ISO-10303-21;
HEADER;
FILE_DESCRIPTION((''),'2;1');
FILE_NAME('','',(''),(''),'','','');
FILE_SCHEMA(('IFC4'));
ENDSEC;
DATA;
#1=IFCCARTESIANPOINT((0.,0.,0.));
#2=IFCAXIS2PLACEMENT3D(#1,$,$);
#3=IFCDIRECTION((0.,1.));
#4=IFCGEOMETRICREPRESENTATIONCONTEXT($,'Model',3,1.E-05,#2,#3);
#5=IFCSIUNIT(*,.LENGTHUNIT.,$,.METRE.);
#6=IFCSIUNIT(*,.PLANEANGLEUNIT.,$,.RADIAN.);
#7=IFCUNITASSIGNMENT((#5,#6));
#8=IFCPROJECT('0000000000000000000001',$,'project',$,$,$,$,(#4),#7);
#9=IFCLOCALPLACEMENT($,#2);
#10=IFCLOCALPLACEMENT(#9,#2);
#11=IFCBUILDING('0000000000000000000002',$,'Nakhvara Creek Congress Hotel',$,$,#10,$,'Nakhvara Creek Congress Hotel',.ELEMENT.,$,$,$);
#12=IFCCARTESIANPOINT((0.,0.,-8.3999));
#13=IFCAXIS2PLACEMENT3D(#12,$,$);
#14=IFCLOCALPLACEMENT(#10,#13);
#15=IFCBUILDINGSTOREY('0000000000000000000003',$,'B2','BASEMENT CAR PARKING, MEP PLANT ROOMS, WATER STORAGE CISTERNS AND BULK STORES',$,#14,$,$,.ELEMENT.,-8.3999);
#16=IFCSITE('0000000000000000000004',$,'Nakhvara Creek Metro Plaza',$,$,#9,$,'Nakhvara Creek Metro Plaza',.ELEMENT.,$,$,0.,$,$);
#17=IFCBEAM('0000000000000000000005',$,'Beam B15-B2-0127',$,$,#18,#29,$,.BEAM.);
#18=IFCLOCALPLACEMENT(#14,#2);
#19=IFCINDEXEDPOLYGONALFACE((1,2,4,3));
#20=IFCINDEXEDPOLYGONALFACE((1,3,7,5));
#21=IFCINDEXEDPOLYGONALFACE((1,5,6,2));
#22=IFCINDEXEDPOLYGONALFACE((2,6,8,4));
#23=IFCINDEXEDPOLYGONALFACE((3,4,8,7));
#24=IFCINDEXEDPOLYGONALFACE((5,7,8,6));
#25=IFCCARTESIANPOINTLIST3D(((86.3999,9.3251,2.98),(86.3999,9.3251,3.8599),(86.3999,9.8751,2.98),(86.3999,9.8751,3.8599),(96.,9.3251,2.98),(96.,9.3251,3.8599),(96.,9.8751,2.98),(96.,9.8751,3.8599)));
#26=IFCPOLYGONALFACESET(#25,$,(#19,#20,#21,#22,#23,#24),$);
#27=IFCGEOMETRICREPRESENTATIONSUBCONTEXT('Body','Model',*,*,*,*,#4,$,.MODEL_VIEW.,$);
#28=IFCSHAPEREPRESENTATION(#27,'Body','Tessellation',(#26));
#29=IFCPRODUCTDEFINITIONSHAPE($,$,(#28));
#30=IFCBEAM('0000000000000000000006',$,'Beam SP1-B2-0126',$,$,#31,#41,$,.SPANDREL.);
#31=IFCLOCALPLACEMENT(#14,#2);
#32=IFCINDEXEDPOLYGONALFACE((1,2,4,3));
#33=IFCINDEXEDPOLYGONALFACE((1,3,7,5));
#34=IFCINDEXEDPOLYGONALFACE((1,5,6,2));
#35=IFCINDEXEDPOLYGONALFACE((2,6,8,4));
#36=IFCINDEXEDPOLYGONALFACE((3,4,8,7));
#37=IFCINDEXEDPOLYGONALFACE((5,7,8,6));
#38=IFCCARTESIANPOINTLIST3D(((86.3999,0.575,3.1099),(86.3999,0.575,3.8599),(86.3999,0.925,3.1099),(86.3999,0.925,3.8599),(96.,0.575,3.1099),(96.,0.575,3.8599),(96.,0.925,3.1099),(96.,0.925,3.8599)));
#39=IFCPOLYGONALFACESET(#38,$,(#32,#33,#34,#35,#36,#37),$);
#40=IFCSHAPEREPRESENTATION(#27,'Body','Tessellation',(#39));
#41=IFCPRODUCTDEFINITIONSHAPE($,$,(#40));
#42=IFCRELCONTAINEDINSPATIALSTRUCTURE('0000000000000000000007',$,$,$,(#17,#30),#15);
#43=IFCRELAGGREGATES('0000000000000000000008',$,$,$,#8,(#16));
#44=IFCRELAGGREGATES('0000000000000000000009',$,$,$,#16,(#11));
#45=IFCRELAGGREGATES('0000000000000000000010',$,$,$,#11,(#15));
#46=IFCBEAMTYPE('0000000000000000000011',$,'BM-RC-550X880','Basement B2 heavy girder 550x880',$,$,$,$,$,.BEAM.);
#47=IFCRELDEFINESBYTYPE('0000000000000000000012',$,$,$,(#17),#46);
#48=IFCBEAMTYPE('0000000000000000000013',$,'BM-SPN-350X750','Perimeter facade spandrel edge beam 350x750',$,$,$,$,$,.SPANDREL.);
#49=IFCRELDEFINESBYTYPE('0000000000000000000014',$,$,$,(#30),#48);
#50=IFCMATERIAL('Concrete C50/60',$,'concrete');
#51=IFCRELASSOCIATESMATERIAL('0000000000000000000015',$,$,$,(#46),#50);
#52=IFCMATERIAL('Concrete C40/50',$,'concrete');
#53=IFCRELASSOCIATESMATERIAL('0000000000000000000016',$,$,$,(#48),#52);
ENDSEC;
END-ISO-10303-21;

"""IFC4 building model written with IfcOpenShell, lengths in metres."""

from ifc_helpers import new_model, si_unit, direction, frame, origin, origin_2d, place, context, subcontext, project, spatial, rectangle, extrude, material, material_profile, profile_set, type_object, element, save


model = new_model("IFC4")

# Units and contexts
model_context = context("Model", 3, precision=1e-05, world=origin(), true_north=direction((0.0, 1.0)))
body_context = subcontext(model_context, "Body", "Model", "MODEL_VIEW")
ifc_project = project(units=[si_unit("LENGTHUNIT", "METRE"), si_unit("PLANEANGLEUNIT", "RADIAN")], contexts=[model_context])

# Site, building, storey
site_placement = place(None, origin())
site = spatial("IfcSite", under=ifc_project, at=site_placement, Name="Nakhvara Creek Metro Plaza", LongName="Nakhvara Creek Metro Plaza", CompositionType="ELEMENT", RefElevation=0.0)
building_placement = place(site_placement, origin())
building = spatial("IfcBuilding", under=site, at=building_placement, Name="Nakhvara Creek Congress Hotel", LongName="Nakhvara Creek Congress Hotel", CompositionType="ELEMENT")
storey_placement = place(building_placement, frame((0.0, 0.0, -8.3999)))
storey = spatial("IfcBuildingStorey", under=building, at=storey_placement, Name="B2", Description="BASEMENT CAR PARKING, MEP PLANT ROOMS, WATER STORAGE CISTERNS AND BULK STORES", CompositionType="ELEMENT", Elevation=-8.3999)

# Shared definitions
ifc_material_1 = material(Name="Concrete C40/50", Category="concrete")

# Shared definitions
ifc_material_2 = material(Name="Concrete C50/60", Category="concrete")

# Beams
ifc_material_profile_1 = material_profile(ifc_material_2, rectangle(XDim=0.55, YDim=0.8799, at=origin_2d()), Name="RC-BM 550x880", Category="LoadBearing")
ifc_profile_set_1 = profile_set([ifc_material_profile_1], Name="Concrete C50/60")
beam_type_1 = type_object("IfcBeamType", Name="BM-RC-550X880", Description="Basement B2 heavy girder 550x880", PredefinedType="BEAM", material=ifc_profile_set_1)
beam_1_placement = place(storey_placement, frame((86.3999, 9.6001, 3.4199), z_axis=(1.0, 0.0, 0.0), x_axis=(0.0, 1.0, 0.0)))
element("IfcBeam", 1, at=beam_1_placement, inside=storey, type_object=beam_type_1, Name="Beam B15-B2-0127", PredefinedType="BEAM", context=body_context, shape_type="SweptSolid", body=[
    extrude(rectangle(XDim=0.55, YDim=0.8799, at=origin_2d()), origin(), (0.0, 0.0, 1.0), 9.6001),
])
ifc_material_profile_2 = material_profile(ifc_material_1, rectangle(XDim=0.3501, YDim=0.75, at=origin_2d()), Name="RC-SPANDREL 350x750", Category="LoadBearing")
ifc_profile_set_2 = profile_set([ifc_material_profile_2], Name="Concrete C40/50")
beam_type_2 = type_object("IfcBeamType", Name="BM-SPN-350X750", Description="Perimeter facade spandrel edge beam 350x750", PredefinedType="SPANDREL", material=ifc_profile_set_2)
beam_2_placement = place(storey_placement, frame((86.3999, 0.75, 3.4849), z_axis=(1.0, 0.0, 0.0), x_axis=(0.0, 1.0, 0.0)))
element("IfcBeam", 2, at=beam_2_placement, inside=storey, type_object=beam_type_2, Name="Beam SP1-B2-0126", PredefinedType="SPANDREL", context=body_context, shape_type="SweptSolid", body=[
    extrude(rectangle(XDim=0.3501, YDim=0.75, at=origin_2d()), origin(), (0.0, 0.0, 1.0), 9.6001),
])

save(model, "model.ifc")
